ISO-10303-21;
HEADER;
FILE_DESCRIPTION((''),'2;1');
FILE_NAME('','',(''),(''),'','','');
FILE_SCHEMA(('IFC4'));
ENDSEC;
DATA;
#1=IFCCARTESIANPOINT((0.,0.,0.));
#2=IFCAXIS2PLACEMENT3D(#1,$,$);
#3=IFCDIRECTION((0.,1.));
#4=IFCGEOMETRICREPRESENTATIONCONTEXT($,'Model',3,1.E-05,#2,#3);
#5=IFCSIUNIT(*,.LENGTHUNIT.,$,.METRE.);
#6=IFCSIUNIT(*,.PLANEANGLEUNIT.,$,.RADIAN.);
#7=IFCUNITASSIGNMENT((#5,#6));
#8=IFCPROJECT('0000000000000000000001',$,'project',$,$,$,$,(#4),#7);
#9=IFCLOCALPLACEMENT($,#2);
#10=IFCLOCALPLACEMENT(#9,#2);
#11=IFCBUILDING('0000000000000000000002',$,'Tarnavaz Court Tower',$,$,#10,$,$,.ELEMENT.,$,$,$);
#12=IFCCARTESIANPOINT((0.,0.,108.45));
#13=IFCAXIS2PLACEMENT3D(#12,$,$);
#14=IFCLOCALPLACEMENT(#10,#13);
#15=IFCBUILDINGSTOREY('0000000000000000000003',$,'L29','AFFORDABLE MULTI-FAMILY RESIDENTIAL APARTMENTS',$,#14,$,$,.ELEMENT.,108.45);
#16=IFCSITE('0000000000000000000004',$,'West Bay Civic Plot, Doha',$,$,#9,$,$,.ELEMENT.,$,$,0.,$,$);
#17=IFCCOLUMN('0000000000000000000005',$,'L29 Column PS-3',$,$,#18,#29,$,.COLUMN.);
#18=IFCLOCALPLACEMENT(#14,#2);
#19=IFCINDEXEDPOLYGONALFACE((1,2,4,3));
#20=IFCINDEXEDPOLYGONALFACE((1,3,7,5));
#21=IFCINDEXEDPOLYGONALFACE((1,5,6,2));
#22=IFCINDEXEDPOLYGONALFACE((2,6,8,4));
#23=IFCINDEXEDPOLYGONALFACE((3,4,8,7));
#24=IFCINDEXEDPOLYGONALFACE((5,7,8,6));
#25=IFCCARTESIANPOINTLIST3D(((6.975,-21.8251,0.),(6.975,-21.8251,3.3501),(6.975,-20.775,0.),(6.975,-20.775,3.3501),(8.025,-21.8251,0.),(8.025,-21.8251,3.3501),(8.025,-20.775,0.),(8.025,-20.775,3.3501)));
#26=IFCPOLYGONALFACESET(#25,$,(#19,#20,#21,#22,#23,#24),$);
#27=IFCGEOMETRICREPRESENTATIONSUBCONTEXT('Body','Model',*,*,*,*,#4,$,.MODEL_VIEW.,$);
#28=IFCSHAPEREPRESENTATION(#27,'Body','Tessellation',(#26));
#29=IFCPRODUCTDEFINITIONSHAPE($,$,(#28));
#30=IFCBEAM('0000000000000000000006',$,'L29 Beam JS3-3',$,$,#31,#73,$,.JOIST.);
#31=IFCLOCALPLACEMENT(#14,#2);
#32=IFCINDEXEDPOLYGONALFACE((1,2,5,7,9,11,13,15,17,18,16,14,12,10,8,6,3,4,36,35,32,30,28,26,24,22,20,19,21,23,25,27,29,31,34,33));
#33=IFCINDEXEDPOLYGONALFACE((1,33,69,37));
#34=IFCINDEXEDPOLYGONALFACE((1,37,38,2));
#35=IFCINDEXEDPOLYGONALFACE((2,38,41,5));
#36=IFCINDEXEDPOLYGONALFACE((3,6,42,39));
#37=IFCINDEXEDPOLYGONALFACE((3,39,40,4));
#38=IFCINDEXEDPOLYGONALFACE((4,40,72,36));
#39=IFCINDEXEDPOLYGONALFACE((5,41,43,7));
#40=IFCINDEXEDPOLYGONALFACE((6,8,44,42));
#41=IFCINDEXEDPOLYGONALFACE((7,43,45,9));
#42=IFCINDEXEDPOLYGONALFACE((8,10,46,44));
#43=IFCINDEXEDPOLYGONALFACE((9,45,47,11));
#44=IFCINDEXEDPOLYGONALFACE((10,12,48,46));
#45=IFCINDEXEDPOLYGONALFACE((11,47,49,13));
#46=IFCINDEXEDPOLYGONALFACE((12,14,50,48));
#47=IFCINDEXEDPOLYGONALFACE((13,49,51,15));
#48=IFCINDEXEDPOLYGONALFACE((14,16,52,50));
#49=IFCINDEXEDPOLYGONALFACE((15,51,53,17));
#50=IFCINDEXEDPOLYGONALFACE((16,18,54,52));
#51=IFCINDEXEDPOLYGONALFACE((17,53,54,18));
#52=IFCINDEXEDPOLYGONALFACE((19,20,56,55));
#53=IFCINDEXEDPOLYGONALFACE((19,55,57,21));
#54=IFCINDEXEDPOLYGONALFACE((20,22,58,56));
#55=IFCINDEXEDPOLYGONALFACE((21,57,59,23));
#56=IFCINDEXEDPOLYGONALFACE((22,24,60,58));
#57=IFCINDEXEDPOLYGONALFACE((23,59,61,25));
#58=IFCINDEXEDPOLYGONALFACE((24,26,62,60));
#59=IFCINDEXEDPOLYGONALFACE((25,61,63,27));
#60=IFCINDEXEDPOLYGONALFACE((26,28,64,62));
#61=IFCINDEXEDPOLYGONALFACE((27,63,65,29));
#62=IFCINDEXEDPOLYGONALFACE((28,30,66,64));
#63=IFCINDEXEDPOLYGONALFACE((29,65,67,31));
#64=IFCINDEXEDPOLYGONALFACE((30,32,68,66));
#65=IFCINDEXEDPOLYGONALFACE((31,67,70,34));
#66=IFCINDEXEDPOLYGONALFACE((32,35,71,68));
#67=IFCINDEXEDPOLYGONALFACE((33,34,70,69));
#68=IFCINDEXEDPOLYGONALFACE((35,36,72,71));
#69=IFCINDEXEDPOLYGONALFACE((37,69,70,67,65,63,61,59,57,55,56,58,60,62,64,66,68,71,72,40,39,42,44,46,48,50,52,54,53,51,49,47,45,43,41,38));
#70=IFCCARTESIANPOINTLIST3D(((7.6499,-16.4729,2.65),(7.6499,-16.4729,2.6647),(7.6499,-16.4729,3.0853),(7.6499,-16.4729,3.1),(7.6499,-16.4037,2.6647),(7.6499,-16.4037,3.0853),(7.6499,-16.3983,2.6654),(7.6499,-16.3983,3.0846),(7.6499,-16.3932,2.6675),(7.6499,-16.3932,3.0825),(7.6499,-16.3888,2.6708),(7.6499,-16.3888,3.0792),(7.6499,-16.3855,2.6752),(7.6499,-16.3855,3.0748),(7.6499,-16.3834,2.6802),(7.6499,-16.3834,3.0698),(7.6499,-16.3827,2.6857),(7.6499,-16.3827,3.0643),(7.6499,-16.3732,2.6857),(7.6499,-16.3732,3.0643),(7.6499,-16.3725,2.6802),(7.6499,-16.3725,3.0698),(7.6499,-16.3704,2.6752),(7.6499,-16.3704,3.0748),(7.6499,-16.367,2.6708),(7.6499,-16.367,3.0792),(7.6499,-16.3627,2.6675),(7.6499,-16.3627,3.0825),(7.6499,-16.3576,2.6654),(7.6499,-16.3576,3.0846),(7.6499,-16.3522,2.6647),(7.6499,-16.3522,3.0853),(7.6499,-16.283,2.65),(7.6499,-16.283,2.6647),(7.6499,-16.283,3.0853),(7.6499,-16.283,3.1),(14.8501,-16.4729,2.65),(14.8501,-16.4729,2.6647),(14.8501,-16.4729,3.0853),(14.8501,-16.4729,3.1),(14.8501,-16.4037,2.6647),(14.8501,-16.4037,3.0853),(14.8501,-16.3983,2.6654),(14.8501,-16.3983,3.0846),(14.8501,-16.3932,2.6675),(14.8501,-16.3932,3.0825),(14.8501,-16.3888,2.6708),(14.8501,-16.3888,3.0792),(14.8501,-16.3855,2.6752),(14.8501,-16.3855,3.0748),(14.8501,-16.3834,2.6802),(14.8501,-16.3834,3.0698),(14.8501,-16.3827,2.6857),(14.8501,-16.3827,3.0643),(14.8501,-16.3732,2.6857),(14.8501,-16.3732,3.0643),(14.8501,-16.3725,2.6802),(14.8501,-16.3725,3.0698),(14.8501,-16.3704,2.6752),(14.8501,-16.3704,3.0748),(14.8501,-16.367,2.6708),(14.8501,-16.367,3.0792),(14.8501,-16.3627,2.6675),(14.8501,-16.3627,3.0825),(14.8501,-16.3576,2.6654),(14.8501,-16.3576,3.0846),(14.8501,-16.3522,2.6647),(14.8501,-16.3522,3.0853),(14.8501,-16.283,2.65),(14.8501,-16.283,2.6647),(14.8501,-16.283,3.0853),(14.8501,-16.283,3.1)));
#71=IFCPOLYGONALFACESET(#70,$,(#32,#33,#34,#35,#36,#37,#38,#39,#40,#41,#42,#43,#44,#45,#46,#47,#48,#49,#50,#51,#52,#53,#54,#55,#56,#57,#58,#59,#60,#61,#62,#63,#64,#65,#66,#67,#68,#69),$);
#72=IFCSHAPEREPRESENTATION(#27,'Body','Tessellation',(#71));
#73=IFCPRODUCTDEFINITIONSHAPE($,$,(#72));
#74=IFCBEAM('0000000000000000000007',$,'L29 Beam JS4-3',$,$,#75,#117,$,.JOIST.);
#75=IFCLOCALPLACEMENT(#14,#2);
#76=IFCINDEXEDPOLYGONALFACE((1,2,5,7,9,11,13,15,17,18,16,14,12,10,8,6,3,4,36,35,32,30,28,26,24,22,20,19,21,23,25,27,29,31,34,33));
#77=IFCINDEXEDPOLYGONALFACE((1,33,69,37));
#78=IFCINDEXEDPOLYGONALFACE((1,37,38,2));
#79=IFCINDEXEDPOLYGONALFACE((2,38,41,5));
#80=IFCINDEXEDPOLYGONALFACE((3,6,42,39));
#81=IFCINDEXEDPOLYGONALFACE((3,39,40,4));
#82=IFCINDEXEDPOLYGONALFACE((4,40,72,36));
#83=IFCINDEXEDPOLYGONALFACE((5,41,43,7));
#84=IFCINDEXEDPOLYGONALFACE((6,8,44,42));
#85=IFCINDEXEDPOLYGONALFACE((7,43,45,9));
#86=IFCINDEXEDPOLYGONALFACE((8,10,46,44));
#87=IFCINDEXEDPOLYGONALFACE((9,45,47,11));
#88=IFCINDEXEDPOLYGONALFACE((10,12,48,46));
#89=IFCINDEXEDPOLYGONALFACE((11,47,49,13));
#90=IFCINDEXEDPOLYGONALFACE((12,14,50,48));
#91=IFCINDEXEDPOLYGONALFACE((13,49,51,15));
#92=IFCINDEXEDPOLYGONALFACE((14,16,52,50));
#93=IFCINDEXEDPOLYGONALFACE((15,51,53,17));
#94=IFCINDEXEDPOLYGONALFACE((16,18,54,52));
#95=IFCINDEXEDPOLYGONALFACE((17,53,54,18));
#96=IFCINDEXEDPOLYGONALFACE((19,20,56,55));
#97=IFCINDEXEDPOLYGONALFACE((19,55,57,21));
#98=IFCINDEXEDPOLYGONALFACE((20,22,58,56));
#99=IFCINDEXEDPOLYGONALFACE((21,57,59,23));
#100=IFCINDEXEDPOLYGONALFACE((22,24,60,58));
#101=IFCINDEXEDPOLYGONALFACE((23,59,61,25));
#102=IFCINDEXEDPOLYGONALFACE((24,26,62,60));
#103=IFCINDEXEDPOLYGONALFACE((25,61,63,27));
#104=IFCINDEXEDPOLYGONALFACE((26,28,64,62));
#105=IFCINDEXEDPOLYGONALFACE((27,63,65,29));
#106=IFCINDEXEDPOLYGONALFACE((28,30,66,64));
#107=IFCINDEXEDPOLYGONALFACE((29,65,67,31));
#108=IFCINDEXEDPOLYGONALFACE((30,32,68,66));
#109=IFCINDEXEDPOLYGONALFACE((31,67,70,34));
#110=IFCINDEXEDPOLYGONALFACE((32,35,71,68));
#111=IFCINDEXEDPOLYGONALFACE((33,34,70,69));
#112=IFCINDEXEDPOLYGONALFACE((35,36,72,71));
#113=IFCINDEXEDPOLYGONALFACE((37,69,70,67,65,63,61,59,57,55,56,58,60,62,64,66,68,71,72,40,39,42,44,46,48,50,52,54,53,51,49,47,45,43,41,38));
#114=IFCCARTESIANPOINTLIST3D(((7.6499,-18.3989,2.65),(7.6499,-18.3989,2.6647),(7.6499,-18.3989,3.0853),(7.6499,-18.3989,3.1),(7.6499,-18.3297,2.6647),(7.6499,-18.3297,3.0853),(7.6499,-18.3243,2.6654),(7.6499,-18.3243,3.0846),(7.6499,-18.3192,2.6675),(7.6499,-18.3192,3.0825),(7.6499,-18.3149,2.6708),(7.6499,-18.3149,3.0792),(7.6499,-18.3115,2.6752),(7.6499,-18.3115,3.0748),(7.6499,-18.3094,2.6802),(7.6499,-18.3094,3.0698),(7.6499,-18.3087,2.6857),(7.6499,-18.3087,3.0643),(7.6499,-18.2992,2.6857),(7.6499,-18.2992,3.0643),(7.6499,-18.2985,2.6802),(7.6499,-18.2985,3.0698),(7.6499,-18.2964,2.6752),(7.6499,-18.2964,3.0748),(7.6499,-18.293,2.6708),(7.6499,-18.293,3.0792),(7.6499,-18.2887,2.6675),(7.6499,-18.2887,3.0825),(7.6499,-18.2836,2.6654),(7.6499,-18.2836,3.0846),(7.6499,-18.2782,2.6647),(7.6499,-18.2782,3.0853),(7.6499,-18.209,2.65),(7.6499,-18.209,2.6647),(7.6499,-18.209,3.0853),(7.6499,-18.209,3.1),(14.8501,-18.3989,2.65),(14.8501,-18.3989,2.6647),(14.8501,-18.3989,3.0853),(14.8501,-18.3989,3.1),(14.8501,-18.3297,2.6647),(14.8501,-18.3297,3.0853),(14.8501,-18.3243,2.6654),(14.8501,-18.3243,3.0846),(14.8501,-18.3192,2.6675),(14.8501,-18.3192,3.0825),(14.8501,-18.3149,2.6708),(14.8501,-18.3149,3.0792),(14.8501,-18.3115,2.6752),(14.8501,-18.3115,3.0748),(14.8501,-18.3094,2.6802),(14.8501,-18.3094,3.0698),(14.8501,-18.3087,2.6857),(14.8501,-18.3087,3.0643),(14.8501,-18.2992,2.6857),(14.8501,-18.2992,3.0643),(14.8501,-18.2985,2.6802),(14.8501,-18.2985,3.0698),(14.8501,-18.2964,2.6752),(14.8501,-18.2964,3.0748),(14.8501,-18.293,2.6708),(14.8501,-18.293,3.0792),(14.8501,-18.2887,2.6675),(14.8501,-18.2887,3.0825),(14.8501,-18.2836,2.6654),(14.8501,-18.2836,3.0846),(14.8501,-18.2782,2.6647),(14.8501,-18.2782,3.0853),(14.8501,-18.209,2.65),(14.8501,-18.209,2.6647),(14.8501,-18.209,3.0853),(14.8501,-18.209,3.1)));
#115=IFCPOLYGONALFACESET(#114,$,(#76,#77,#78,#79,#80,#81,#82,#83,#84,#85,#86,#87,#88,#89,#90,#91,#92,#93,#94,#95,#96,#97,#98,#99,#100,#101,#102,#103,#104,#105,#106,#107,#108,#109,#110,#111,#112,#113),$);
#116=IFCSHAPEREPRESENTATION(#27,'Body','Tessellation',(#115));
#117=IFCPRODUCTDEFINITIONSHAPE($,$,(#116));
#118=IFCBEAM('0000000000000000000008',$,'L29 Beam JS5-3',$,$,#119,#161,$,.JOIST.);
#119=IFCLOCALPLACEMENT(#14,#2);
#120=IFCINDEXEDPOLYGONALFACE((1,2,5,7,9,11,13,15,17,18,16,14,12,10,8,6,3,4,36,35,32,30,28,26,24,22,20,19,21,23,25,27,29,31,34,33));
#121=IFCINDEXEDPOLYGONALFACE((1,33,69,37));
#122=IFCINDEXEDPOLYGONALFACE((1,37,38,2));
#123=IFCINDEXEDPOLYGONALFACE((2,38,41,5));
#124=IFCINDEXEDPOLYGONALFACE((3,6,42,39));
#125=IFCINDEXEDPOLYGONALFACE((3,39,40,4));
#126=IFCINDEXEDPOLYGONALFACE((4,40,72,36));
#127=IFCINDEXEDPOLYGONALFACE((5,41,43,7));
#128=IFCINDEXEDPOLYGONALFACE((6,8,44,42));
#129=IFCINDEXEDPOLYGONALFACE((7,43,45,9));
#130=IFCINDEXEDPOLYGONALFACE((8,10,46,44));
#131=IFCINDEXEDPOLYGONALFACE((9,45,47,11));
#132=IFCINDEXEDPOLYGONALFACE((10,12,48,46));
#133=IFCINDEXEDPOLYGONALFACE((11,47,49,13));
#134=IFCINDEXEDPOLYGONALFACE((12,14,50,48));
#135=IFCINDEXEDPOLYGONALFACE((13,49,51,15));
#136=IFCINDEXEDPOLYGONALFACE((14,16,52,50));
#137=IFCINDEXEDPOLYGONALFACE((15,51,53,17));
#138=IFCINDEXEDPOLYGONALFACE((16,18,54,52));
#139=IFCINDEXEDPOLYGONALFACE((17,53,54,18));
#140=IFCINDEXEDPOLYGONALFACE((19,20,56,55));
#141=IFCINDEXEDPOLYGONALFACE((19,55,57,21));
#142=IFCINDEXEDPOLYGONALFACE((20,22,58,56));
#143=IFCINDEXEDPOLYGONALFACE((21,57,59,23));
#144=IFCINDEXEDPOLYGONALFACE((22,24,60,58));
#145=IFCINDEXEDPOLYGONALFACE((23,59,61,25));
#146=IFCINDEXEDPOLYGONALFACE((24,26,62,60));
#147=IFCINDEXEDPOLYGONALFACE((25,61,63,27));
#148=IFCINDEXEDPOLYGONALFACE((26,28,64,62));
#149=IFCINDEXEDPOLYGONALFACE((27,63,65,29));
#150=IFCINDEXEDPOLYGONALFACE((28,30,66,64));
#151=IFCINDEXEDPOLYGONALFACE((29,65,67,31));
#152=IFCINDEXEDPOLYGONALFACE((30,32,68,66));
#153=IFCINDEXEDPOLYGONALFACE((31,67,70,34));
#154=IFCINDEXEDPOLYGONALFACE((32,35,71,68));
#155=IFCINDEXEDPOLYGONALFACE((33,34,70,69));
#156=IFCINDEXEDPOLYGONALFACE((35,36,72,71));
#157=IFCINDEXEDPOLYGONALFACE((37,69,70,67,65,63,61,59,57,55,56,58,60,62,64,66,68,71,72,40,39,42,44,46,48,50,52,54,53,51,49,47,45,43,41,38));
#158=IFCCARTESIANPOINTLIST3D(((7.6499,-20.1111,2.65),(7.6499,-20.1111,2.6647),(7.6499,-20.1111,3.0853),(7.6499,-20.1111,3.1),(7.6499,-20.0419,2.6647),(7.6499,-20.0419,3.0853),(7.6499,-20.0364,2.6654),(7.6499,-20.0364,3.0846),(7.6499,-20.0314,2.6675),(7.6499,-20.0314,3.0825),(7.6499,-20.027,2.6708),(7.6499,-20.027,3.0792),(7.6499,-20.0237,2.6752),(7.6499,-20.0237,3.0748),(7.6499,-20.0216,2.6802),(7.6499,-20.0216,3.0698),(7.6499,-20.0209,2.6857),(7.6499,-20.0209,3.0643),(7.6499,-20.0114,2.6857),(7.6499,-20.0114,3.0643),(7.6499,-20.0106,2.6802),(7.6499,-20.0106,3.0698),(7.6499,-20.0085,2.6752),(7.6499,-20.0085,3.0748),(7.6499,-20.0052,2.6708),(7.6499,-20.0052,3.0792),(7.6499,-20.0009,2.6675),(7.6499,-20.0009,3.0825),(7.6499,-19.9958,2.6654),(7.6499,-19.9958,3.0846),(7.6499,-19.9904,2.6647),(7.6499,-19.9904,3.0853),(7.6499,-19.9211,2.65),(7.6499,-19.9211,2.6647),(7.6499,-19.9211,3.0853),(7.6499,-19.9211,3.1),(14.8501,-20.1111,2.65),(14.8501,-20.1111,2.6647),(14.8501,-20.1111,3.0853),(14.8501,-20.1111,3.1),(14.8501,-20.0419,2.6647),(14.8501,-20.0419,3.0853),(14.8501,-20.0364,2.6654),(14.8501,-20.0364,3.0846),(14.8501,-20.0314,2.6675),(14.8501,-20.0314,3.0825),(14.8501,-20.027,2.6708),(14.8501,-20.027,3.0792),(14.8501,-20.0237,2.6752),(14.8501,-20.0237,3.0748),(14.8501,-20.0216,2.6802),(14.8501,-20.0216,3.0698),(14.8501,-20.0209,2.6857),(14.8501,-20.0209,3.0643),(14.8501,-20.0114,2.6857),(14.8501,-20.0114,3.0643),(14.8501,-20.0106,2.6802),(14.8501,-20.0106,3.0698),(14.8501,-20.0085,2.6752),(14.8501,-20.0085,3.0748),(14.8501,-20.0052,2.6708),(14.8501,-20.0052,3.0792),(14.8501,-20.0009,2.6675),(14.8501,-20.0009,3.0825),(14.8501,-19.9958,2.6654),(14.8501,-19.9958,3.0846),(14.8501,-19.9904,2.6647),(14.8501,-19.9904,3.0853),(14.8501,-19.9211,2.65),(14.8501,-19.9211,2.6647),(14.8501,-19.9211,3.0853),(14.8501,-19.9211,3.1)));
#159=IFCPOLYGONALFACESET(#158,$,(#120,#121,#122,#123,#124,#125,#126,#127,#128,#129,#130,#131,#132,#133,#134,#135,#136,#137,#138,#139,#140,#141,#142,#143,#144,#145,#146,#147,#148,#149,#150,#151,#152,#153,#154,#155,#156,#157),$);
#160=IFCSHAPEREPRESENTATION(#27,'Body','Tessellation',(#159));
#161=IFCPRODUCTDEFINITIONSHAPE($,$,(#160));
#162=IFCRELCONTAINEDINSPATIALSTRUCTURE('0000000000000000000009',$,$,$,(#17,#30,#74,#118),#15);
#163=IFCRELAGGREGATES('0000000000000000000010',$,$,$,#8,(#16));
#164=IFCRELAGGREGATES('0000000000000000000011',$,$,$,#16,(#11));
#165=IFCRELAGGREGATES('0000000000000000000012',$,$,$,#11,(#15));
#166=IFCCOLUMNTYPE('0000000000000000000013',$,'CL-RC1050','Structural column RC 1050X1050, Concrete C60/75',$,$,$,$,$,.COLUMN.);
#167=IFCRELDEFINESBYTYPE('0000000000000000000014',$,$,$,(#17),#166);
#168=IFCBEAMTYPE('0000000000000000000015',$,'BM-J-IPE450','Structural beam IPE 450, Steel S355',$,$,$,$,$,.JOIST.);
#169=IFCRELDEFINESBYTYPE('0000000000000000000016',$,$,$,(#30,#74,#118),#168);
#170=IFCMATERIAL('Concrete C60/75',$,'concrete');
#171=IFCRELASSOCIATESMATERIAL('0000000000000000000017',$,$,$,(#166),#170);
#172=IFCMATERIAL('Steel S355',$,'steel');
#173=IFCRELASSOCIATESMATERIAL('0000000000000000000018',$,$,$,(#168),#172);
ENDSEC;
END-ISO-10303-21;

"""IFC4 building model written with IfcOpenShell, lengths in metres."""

from ifc_helpers import new_model, si_unit, direction, frame, origin, origin_2d, place, context, subcontext, project, spatial, rectangle, i_section, extrude, material, material_profile, profile_set, type_object, element, save


model = new_model("IFC4")

# Units and contexts
model_context = context("Model", 3, precision=1e-05, world=origin(), true_north=direction((0.0, 1.0)))
body_context = subcontext(model_context, "Body", "Model", "MODEL_VIEW")
ifc_project = project(units=[si_unit("LENGTHUNIT", "METRE"), si_unit("PLANEANGLEUNIT", "RADIAN")], contexts=[model_context])

# Site, building, storey
site_placement = place(None, origin())
site = spatial("IfcSite", under=ifc_project, at=site_placement, Name="West Bay Civic Plot, Doha", CompositionType="ELEMENT", RefElevation=0.0)
building_placement = place(site_placement, origin())
building = spatial("IfcBuilding", under=site, at=building_placement, Name="Tarnavaz Court Tower", CompositionType="ELEMENT")
storey_placement = place(building_placement, frame((0.0, 0.0, 108.45)))
storey = spatial("IfcBuildingStorey", under=building, at=storey_placement, Name="L29", Description="AFFORDABLE MULTI-FAMILY RESIDENTIAL APARTMENTS", CompositionType="ELEMENT", Elevation=108.45)

# Column
ifc_material_1 = material(Name="Concrete C60/75", Category="concrete")
ifc_material_profile_1 = material_profile(ifc_material_1, rectangle(XDim=1.05, YDim=1.05, at=origin_2d()), Name="RC 1050X1050")
ifc_profile_set_1 = profile_set([ifc_material_profile_1], Name="Concrete C60/75")
column_type = type_object("IfcColumnType", Name="CL-RC1050", Description="Structural column RC 1050X1050, Concrete C60/75", PredefinedType="COLUMN", material=ifc_profile_set_1)
column_placement = place(storey_placement, frame((7.5, -21.3, 0.0), z_axis=(0.0, 0.0, 1.0), x_axis=(1.0, 0.0, 0.0)))
element("IfcColumn", 1, at=column_placement, inside=storey, type_object=column_type, Name="L29 Column PS-3", PredefinedType="COLUMN", context=body_context, shape_type="SweptSolid", body=[
    extrude(rectangle(XDim=1.05, YDim=1.05, at=origin_2d()), origin(), (0.0, 0.0, 1.0), 3.3501),
])

# Beams
ifc_material_2 = material(Name="Steel S355", Category="steel")
ifc_material_profile_2 = material_profile(ifc_material_2, i_section(OverallWidth=0.1899, OverallDepth=0.45, WebThickness=0.0095, FlangeThickness=0.0146, FilletRadius=0.021, at=origin_2d()), Name="IPE 450")
ifc_profile_set_2 = profile_set([ifc_material_profile_2], Name="Steel S355")
beam_type_1 = type_object("IfcBeamType", Name="BM-J-IPE450", Description="Structural beam IPE 450, Steel S355", PredefinedType="JOIST", material=ifc_profile_set_2)
for number, where, z_axis, x_axis, name in (
    (2, (7.6499, -16.3779, 2.875), (1.0, 0.0, 0.0), (0.0, 1.0, 0.0), "L29 Beam JS3-3"),
    (3, (7.6499, -18.304, 2.875), (1.0, 0.0, 0.0), (0.0, 1.0, 0.0), "L29 Beam JS4-3"),
    (4, (7.6499, -20.0161, 2.875), (1.0, 0.0, 0.0), (0.0, 1.0, 0.0), "L29 Beam JS5-3"),
):
    element("IfcBeam", number, at=place(storey_placement, frame(where, z_axis=z_axis, x_axis=x_axis)), inside=storey, type_object=beam_type_1, Name=name, PredefinedType="JOIST", context=body_context, shape_type="SweptSolid", body=[
        extrude(i_section(OverallWidth=0.1899, OverallDepth=0.45, WebThickness=0.0095, FlangeThickness=0.0146, FilletRadius=0.021, at=origin_2d()), origin(), (0.0, 0.0, 1.0), 7.2002),
    ])

save(model, "model.ifc")
